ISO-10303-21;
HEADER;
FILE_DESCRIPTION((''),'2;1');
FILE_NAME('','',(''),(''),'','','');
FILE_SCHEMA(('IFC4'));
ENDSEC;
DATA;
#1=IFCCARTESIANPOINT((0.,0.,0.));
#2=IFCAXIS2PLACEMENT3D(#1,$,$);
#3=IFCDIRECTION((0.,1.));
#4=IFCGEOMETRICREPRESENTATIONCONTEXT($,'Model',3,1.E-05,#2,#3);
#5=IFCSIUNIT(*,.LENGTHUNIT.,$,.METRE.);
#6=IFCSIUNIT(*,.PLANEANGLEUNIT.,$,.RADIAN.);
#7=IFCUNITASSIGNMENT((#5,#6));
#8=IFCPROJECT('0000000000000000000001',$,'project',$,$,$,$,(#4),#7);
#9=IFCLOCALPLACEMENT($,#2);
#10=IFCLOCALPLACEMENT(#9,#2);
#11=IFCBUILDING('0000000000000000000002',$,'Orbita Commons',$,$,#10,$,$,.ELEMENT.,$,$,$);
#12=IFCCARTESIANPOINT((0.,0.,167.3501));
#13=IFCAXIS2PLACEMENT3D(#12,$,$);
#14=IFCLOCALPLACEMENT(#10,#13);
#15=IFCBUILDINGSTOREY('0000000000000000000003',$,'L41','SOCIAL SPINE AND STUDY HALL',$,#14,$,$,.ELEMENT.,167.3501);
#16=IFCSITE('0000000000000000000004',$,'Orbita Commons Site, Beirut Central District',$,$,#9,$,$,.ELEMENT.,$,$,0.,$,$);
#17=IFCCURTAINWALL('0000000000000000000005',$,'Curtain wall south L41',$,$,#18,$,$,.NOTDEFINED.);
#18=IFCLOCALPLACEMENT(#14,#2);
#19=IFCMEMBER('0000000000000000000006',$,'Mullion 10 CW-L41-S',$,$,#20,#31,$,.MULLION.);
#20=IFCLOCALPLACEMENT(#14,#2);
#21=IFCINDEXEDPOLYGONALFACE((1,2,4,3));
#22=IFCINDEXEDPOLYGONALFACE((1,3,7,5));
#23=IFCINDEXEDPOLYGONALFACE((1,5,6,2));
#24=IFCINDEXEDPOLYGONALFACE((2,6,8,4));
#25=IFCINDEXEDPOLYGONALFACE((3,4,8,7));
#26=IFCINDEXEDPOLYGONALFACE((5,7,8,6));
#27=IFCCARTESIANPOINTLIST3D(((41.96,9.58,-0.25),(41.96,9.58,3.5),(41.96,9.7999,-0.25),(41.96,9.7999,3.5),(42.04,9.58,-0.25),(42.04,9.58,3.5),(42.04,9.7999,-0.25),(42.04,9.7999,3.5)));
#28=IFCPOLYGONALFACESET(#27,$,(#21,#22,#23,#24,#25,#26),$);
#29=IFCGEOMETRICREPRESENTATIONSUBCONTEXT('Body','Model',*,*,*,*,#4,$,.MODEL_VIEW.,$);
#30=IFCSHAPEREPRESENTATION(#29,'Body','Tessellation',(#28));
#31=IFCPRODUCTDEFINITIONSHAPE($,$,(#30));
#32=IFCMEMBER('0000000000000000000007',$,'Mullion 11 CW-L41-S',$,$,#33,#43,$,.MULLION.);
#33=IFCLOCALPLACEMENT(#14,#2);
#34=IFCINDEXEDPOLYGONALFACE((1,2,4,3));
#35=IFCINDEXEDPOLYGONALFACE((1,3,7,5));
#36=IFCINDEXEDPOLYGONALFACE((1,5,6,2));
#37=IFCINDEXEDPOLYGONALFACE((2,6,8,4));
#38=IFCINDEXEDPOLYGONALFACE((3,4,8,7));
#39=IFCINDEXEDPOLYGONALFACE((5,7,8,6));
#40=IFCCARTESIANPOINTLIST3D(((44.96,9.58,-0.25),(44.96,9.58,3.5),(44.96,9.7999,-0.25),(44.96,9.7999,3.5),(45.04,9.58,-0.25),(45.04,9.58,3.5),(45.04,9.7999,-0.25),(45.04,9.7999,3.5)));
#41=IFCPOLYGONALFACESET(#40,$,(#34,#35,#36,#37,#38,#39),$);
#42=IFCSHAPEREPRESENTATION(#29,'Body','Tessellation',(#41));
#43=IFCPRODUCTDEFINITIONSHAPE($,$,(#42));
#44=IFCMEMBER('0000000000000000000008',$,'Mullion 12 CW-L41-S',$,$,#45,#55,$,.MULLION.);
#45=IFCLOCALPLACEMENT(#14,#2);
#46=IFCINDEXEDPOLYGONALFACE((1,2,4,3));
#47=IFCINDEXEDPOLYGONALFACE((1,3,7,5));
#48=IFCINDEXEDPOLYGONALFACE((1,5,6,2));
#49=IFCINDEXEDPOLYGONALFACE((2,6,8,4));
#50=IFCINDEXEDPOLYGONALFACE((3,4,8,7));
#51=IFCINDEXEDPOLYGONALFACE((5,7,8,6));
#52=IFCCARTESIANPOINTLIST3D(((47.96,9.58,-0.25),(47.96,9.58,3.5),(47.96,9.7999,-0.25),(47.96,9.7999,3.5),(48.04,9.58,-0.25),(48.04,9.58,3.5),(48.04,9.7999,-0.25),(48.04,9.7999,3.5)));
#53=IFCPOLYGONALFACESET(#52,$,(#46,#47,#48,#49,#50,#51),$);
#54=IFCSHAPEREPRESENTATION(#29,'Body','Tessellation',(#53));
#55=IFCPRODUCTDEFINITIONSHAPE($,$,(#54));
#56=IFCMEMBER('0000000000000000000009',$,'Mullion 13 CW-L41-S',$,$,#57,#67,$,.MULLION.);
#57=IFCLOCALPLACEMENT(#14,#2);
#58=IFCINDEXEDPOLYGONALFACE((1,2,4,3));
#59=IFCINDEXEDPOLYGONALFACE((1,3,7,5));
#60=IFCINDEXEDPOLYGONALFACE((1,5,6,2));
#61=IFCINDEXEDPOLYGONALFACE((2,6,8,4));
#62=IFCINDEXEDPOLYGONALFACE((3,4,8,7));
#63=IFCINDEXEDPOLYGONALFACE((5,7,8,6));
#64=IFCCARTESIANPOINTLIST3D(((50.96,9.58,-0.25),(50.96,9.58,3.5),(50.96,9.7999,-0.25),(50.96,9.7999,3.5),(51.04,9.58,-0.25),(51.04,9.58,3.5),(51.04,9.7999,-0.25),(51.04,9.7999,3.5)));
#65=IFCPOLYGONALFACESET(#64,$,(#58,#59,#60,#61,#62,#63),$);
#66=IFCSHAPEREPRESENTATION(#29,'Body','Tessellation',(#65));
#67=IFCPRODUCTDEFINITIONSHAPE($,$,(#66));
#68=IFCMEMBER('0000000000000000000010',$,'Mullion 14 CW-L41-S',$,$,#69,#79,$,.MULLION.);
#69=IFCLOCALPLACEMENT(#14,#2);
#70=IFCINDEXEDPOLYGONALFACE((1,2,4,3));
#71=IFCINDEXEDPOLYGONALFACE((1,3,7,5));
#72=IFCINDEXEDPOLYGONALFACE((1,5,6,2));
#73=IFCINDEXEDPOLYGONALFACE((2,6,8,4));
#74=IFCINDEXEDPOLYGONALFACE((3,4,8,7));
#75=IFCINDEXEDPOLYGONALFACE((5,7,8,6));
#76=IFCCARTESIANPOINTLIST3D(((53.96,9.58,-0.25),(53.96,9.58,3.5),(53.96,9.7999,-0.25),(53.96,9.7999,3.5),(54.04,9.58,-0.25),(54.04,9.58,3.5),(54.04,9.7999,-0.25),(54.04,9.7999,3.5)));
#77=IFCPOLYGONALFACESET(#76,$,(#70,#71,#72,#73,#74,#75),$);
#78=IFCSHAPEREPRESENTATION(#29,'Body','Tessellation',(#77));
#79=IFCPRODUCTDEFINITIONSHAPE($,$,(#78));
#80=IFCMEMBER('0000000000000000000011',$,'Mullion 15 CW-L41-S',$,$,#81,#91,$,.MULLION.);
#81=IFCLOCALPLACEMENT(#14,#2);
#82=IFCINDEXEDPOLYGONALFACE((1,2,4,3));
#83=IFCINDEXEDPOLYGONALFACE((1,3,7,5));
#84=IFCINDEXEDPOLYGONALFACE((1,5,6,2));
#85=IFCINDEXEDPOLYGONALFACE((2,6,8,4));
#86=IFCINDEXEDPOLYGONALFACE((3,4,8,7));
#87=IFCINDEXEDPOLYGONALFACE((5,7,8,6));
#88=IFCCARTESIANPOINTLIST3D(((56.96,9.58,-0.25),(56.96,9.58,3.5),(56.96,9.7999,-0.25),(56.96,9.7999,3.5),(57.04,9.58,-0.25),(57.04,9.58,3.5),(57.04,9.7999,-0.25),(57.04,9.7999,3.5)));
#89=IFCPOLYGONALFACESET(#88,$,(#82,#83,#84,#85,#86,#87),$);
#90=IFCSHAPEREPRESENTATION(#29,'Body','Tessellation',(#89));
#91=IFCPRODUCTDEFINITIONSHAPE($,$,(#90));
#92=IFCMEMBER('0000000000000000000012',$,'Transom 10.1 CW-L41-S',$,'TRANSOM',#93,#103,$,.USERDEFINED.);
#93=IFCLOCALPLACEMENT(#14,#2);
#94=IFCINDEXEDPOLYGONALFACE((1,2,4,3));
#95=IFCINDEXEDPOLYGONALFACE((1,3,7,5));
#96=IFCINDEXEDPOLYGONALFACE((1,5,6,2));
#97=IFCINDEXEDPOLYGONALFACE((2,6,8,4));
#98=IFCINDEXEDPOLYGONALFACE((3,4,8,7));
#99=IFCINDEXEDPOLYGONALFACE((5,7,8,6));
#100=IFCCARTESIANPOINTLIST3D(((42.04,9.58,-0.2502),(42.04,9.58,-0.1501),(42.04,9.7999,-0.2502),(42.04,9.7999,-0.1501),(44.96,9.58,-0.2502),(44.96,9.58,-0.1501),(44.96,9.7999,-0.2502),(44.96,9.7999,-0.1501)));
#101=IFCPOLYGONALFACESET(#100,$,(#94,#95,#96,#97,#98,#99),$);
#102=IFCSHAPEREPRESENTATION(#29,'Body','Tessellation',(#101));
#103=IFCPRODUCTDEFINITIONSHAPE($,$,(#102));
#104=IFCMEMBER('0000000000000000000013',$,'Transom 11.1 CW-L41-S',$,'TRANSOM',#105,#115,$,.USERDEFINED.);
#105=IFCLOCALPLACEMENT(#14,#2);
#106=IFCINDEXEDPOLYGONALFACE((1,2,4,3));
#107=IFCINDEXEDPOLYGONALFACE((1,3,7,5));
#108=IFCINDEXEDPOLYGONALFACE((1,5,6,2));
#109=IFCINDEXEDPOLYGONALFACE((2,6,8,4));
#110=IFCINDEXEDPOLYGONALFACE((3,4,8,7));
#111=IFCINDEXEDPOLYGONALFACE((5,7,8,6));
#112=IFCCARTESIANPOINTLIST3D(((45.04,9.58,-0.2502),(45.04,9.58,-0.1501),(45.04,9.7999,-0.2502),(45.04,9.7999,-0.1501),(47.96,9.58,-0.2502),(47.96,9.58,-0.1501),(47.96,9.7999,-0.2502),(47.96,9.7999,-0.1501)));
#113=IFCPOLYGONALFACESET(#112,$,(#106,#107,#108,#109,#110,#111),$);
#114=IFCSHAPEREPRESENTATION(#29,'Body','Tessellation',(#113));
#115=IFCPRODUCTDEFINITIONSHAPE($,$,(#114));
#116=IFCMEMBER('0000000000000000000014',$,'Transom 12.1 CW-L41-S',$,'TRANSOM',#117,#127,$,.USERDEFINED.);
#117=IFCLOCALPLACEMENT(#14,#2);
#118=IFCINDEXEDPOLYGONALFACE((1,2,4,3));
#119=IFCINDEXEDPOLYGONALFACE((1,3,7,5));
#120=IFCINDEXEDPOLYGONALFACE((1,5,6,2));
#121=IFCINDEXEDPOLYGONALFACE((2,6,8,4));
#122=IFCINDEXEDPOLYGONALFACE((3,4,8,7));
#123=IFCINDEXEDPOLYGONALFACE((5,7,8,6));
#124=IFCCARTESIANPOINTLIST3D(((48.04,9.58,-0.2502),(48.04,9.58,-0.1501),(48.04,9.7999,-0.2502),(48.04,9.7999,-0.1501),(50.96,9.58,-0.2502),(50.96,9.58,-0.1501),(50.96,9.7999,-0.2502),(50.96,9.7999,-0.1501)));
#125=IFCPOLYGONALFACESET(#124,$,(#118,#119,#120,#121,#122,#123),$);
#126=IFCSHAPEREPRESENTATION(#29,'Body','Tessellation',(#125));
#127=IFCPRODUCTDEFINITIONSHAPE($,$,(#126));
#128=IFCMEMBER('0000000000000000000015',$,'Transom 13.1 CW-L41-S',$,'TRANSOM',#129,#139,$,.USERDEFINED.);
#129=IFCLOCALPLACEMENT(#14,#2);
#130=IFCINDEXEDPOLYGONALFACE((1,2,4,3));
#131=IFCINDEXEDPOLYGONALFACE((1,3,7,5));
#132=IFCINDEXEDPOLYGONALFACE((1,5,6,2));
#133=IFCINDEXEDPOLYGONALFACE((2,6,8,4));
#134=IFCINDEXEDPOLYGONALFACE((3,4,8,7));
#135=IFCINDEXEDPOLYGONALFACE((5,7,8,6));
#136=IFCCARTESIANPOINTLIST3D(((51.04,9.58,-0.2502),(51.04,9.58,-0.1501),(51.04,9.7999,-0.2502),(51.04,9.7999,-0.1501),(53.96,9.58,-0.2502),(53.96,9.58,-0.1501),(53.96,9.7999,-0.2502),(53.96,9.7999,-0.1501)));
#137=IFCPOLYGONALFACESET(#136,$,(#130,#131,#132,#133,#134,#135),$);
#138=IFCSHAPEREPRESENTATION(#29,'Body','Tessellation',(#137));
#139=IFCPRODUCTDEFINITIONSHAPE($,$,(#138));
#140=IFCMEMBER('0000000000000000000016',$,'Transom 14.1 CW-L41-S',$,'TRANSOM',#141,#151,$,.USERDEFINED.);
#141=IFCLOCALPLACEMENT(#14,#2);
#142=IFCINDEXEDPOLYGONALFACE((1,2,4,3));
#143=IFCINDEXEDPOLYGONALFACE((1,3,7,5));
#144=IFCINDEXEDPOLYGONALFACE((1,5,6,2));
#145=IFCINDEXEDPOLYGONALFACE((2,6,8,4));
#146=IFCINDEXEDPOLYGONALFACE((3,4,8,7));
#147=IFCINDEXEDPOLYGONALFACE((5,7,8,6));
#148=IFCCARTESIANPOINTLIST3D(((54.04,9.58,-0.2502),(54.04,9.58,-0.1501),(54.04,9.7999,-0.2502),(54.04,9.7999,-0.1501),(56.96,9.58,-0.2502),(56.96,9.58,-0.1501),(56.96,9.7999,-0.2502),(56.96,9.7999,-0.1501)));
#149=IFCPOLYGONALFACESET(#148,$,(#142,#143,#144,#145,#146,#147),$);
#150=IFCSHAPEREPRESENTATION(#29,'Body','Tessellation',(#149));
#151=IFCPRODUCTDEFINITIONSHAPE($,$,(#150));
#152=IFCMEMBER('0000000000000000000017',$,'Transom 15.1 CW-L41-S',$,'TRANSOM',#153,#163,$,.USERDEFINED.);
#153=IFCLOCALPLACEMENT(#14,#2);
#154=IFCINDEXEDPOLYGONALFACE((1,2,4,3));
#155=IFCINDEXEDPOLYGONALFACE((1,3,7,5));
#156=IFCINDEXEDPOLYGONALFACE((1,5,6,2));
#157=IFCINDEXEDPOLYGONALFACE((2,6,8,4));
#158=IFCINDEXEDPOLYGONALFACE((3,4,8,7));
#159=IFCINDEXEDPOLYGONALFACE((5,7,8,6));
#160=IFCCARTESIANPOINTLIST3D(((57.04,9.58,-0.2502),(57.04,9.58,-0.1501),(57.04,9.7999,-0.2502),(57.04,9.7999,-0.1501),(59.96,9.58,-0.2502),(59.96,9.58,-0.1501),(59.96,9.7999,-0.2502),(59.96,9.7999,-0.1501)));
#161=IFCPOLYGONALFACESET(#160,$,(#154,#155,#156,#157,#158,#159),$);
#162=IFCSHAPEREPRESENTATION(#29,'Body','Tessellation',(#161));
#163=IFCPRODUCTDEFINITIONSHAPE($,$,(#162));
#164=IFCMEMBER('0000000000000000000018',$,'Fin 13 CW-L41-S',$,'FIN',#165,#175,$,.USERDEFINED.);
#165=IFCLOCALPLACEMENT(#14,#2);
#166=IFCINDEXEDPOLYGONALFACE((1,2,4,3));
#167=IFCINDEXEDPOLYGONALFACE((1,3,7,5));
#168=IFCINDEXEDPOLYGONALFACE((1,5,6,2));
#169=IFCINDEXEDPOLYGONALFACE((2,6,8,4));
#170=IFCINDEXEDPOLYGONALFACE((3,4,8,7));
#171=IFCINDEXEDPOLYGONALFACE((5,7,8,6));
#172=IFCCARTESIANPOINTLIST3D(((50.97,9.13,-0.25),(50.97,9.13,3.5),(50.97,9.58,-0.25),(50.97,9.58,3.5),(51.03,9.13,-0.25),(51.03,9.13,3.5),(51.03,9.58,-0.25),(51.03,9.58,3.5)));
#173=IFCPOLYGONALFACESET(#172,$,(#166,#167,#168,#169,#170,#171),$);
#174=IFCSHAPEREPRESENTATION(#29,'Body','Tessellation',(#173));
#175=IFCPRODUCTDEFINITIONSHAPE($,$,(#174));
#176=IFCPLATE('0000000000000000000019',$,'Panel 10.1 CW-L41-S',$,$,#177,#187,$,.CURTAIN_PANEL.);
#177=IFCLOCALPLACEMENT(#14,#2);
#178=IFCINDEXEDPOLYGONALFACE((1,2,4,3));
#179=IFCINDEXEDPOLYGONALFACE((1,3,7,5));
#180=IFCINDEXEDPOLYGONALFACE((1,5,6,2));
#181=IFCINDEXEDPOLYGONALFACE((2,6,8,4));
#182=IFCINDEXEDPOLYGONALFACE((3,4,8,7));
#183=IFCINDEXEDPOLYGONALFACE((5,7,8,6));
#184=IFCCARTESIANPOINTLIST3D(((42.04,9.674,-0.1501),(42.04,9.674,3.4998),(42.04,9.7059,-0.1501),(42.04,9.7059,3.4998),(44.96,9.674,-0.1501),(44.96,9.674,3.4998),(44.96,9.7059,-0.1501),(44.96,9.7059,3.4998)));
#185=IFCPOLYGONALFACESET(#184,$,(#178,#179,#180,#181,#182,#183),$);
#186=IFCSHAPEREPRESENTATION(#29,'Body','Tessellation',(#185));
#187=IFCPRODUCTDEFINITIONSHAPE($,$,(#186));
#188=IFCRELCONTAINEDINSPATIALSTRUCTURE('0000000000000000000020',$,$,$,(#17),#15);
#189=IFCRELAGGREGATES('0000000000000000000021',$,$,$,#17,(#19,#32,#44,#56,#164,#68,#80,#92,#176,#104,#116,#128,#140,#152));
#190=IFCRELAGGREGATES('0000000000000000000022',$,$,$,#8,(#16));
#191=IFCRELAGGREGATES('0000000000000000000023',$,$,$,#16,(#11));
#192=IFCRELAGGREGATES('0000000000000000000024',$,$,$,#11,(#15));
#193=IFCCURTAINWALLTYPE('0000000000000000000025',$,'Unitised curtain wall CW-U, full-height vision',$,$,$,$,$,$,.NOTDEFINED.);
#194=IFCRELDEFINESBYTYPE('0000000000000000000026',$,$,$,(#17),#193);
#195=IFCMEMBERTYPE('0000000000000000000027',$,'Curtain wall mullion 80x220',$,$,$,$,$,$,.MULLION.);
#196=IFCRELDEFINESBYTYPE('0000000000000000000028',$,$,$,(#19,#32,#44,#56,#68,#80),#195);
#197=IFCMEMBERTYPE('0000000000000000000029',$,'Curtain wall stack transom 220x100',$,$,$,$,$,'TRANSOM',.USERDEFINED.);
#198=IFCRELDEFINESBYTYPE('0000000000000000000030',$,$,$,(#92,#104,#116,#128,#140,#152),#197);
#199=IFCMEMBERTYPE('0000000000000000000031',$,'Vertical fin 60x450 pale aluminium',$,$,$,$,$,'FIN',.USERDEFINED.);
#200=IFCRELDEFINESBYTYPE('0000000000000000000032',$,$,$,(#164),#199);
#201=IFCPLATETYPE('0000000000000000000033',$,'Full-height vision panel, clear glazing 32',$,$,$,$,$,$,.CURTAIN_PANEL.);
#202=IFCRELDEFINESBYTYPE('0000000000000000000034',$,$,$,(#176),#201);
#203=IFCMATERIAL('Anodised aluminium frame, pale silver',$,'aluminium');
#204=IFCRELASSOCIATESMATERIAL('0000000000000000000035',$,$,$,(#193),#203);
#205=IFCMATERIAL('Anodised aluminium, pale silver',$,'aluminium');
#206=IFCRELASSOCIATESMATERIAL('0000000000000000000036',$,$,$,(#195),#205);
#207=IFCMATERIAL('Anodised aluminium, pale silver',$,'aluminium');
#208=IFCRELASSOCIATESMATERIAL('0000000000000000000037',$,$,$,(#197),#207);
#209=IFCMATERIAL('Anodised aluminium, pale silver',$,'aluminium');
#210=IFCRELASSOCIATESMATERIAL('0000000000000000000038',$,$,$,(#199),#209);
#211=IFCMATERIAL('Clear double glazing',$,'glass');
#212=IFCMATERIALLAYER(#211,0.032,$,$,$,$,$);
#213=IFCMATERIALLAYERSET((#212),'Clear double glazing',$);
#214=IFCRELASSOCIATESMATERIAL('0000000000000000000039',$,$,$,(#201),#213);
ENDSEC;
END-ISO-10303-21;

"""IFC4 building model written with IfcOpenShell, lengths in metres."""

from ifc_helpers import new_model, si_unit, direction, frame, origin, origin_2d, place, context, subcontext, project, spatial, rectangle, extrude, material, layer, layer_set, material_profile, profile_set, type_object, element, aggregate, save


model = new_model("IFC4")

# Units and contexts
model_context = context("Model", 3, precision=1e-05, world=origin(), true_north=direction((0.0, 1.0)))
body_context = subcontext(model_context, "Body", "Model", "MODEL_VIEW")
ifc_project = project(units=[si_unit("LENGTHUNIT", "METRE"), si_unit("PLANEANGLEUNIT", "RADIAN")], contexts=[model_context])

# Site, building, storey
site_placement = place(None, origin())
site = spatial("IfcSite", under=ifc_project, at=site_placement, Name="Orbita Commons Site, Beirut Central District", CompositionType="ELEMENT", RefElevation=0.0)
building_placement = place(site_placement, origin())
building = spatial("IfcBuilding", under=site, at=building_placement, Name="Orbita Commons", CompositionType="ELEMENT")
storey_placement = place(building_placement, frame((0.0, 0.0, 167.3501)))
storey = spatial("IfcBuildingStorey", under=building, at=storey_placement, Name="L41", Description="SOCIAL SPINE AND STUDY HALL", CompositionType="ELEMENT", Elevation=167.3501)

# Curtain wall, members, plate
ifc_material_1 = material(Name="Anodised aluminium frame, pale silver", Category="aluminium")
curtain_wall_type = type_object("IfcCurtainWallType", Name="Unitised curtain wall CW-U, full-height vision", PredefinedType="NOTDEFINED", material=ifc_material_1)
curtain_wall_placement = place(storey_placement, origin())
curtain_wall = element("IfcCurtainWall", 1, at=curtain_wall_placement, inside=storey, type_object=curtain_wall_type, Name="Curtain wall south L41", PredefinedType="NOTDEFINED")
ifc_material_2 = material(Name="Anodised aluminium, pale silver", Category="aluminium")
ifc_material_profile_1 = material_profile(ifc_material_2, rectangle(XDim=0.0801, YDim=0.22, at=origin_2d()), Name="AL 80x220")
ifc_profile_set_1 = profile_set([ifc_material_profile_1], Name="Anodised aluminium, pale silver")
member_type_1 = type_object("IfcMemberType", Name="Curtain wall mullion 80x220", PredefinedType="MULLION", material=ifc_profile_set_1)
member_1_placement = place(storey_placement, frame((42.0, 9.6899, -0.25), z_axis=(0.0, 0.0, 1.0), x_axis=(1.0, 0.0, 0.0)))
member_1 = element("IfcMember", 2, at=member_1_placement, type_object=member_type_1, Name="Mullion 10 CW-L41-S", PredefinedType="MULLION", context=body_context, shape_type="SweptSolid", body=[
    extrude(rectangle(XDim=0.0801, YDim=0.22, at=origin_2d()), origin(), (0.0, 0.0, 1.0), 3.75),
])
member_2_placement = place(storey_placement, frame((45.0, 9.6899, -0.25), z_axis=(0.0, 0.0, 1.0), x_axis=(1.0, 0.0, 0.0)))
member_2 = element("IfcMember", 3, at=member_2_placement, type_object=member_type_1, Name="Mullion 11 CW-L41-S", PredefinedType="MULLION", context=body_context, shape_type="SweptSolid", body=[
    extrude(rectangle(XDim=0.0801, YDim=0.22, at=origin_2d()), origin(), (0.0, 0.0, 1.0), 3.75),
])
member_3_placement = place(storey_placement, frame((48.0, 9.6899, -0.25), z_axis=(0.0, 0.0, 1.0), x_axis=(1.0, 0.0, 0.0)))
member_3 = element("IfcMember", 4, at=member_3_placement, type_object=member_type_1, Name="Mullion 12 CW-L41-S", PredefinedType="MULLION", context=body_context, shape_type="SweptSolid", body=[
    extrude(rectangle(XDim=0.0801, YDim=0.22, at=origin_2d()), origin(), (0.0, 0.0, 1.0), 3.75),
])
member_4_placement = place(storey_placement, frame((51.0, 9.6899, -0.25), z_axis=(0.0, 0.0, 1.0), x_axis=(1.0, 0.0, 0.0)))
member_4 = element("IfcMember", 5, at=member_4_placement, type_object=member_type_1, Name="Mullion 13 CW-L41-S", PredefinedType="MULLION", context=body_context, shape_type="SweptSolid", body=[
    extrude(rectangle(XDim=0.0801, YDim=0.22, at=origin_2d()), origin(), (0.0, 0.0, 1.0), 3.75),
])
member_5_placement = place(storey_placement, frame((54.0, 9.6899, -0.25), z_axis=(0.0, 0.0, 1.0), x_axis=(1.0, 0.0, 0.0)))
member_5 = element("IfcMember", 6, at=member_5_placement, type_object=member_type_1, Name="Mullion 14 CW-L41-S", PredefinedType="MULLION", context=body_context, shape_type="SweptSolid", body=[
    extrude(rectangle(XDim=0.0801, YDim=0.22, at=origin_2d()), origin(), (0.0, 0.0, 1.0), 3.75),
])
member_6_placement = place(storey_placement, frame((57.0, 9.6899, -0.25), z_axis=(0.0, 0.0, 1.0), x_axis=(1.0, 0.0, 0.0)))
member_6 = element("IfcMember", 7, at=member_6_placement, type_object=member_type_1, Name="Mullion 15 CW-L41-S", PredefinedType="MULLION", context=body_context, shape_type="SweptSolid", body=[
    extrude(rectangle(XDim=0.0801, YDim=0.22, at=origin_2d()), origin(), (0.0, 0.0, 1.0), 3.75),
])
ifc_material_3 = material(Name="Anodised aluminium, pale silver", Category="aluminium")
ifc_material_profile_2 = material_profile(ifc_material_3, rectangle(XDim=0.22, YDim=0.1001, at=origin_2d()), Name="AL 220x100")
ifc_profile_set_2 = profile_set([ifc_material_profile_2], Name="Anodised aluminium, pale silver")
member_type_2 = type_object("IfcMemberType", Name="Curtain wall stack transom 220x100", ElementType="TRANSOM", PredefinedType="USERDEFINED", material=ifc_profile_set_2)
member_7_placement = place(storey_placement, frame((42.04, 9.6899, -0.2002), z_axis=(1.0, 0.0, 0.0), x_axis=(0.0, 1.0, 0.0)))
member_7 = element("IfcMember", 8, at=member_7_placement, type_object=member_type_2, Name="Transom 10.1 CW-L41-S", ObjectType="TRANSOM", PredefinedType="USERDEFINED", context=body_context, shape_type="SweptSolid", body=[
    extrude(rectangle(XDim=0.22, YDim=0.1001, at=origin_2d()), origin(), (0.0, 0.0, 1.0), 2.9199),
])
member_8_placement = place(storey_placement, frame((45.04, 9.6899, -0.2002), z_axis=(1.0, 0.0, 0.0), x_axis=(0.0, 1.0, 0.0)))
member_8 = element("IfcMember", 9, at=member_8_placement, type_object=member_type_2, Name="Transom 11.1 CW-L41-S", ObjectType="TRANSOM", PredefinedType="USERDEFINED", context=body_context, shape_type="SweptSolid", body=[
    extrude(rectangle(XDim=0.22, YDim=0.1001, at=origin_2d()), origin(), (0.0, 0.0, 1.0), 2.9199),
])
member_9_placement = place(storey_placement, frame((48.04, 9.6899, -0.2002), z_axis=(1.0, 0.0, 0.0), x_axis=(0.0, 1.0, 0.0)))
member_9 = element("IfcMember", 10, at=member_9_placement, type_object=member_type_2, Name="Transom 12.1 CW-L41-S", ObjectType="TRANSOM", PredefinedType="USERDEFINED", context=body_context, shape_type="SweptSolid", body=[
    extrude(rectangle(XDim=0.22, YDim=0.1001, at=origin_2d()), origin(), (0.0, 0.0, 1.0), 2.9199),
])
member_10_placement = place(storey_placement, frame((51.04, 9.6899, -0.2002), z_axis=(1.0, 0.0, 0.0), x_axis=(0.0, 1.0, 0.0)))
member_10 = element("IfcMember", 11, at=member_10_placement, type_object=member_type_2, Name="Transom 13.1 CW-L41-S", ObjectType="TRANSOM", PredefinedType="USERDEFINED", context=body_context, shape_type="SweptSolid", body=[
    extrude(rectangle(XDim=0.22, YDim=0.1001, at=origin_2d()), origin(), (0.0, 0.0, 1.0), 2.9199),
])
member_11_placement = place(storey_placement, frame((54.04, 9.6899, -0.2002), z_axis=(1.0, 0.0, 0.0), x_axis=(0.0, 1.0, 0.0)))
member_11 = element("IfcMember", 12, at=member_11_placement, type_object=member_type_2, Name="Transom 14.1 CW-L41-S", ObjectType="TRANSOM", PredefinedType="USERDEFINED", context=body_context, shape_type="SweptSolid", body=[
    extrude(rectangle(XDim=0.22, YDim=0.1001, at=origin_2d()), origin(), (0.0, 0.0, 1.0), 2.9199),
])
member_12_placement = place(storey_placement, frame((57.04, 9.6899, -0.2002), z_axis=(1.0, 0.0, 0.0), x_axis=(0.0, 1.0, 0.0)))
member_12 = element("IfcMember", 13, at=member_12_placement, type_object=member_type_2, Name="Transom 15.1 CW-L41-S", ObjectType="TRANSOM", PredefinedType="USERDEFINED", context=body_context, shape_type="SweptSolid", body=[
    extrude(rectangle(XDim=0.22, YDim=0.1001, at=origin_2d()), origin(), (0.0, 0.0, 1.0), 2.9199),
])
ifc_material_4 = material(Name="Anodised aluminium, pale silver", Category="aluminium")
ifc_material_profile_3 = material_profile(ifc_material_4, rectangle(XDim=0.0601, YDim=0.45, at=origin_2d()), Name="FIN 60x450")
ifc_profile_set_3 = profile_set([ifc_material_profile_3], Name="Anodised aluminium, pale silver")
member_type_3 = type_object("IfcMemberType", Name="Vertical fin 60x450 pale aluminium", ElementType="FIN", PredefinedType="USERDEFINED", material=ifc_profile_set_3)
member_13_placement = place(storey_placement, frame((51.0, 9.355, -0.25), z_axis=(0.0, 0.0, 1.0), x_axis=(1.0, 0.0, 0.0)))
member_13 = element("IfcMember", 14, at=member_13_placement, type_object=member_type_3, Name="Fin 13 CW-L41-S", ObjectType="FIN", PredefinedType="USERDEFINED", context=body_context, shape_type="SweptSolid", body=[
    extrude(rectangle(XDim=0.0601, YDim=0.45, at=origin_2d()), origin(), (0.0, 0.0, 1.0), 3.75),
])
ifc_material_5 = material(Name="Clear double glazing", Category="glass")
ifc_layer_1 = layer(ifc_material_5, 0.032)
ifc_layer_set_1 = layer_set([ifc_layer_1], Name="Clear double glazing")
plate_type = type_object("IfcPlateType", Name="Full-height vision panel, clear glazing 32", PredefinedType="CURTAIN_PANEL", material=ifc_layer_set_1)
plate_1_placement = place(storey_placement, frame((43.5, 9.6899, -0.1501), z_axis=(0.0, 0.0, 1.0), x_axis=(1.0, 0.0, 0.0)))
plate_1 = element("IfcPlate", 15, at=plate_1_placement, type_object=plate_type, Name="Panel 10.1 CW-L41-S", PredefinedType="CURTAIN_PANEL", context=body_context, shape_type="SweptSolid", body=[
    extrude(rectangle(XDim=2.9199, YDim=0.032, at=origin_2d()), origin(), (0.0, 0.0, 1.0), 3.6499),
])
aggregate(curtain_wall, [member_1, member_2, member_3, member_4, member_13, member_5, member_6, member_7, plate_1, member_8, member_9, member_10, member_11, member_12])

save(model, "model.ifc")
